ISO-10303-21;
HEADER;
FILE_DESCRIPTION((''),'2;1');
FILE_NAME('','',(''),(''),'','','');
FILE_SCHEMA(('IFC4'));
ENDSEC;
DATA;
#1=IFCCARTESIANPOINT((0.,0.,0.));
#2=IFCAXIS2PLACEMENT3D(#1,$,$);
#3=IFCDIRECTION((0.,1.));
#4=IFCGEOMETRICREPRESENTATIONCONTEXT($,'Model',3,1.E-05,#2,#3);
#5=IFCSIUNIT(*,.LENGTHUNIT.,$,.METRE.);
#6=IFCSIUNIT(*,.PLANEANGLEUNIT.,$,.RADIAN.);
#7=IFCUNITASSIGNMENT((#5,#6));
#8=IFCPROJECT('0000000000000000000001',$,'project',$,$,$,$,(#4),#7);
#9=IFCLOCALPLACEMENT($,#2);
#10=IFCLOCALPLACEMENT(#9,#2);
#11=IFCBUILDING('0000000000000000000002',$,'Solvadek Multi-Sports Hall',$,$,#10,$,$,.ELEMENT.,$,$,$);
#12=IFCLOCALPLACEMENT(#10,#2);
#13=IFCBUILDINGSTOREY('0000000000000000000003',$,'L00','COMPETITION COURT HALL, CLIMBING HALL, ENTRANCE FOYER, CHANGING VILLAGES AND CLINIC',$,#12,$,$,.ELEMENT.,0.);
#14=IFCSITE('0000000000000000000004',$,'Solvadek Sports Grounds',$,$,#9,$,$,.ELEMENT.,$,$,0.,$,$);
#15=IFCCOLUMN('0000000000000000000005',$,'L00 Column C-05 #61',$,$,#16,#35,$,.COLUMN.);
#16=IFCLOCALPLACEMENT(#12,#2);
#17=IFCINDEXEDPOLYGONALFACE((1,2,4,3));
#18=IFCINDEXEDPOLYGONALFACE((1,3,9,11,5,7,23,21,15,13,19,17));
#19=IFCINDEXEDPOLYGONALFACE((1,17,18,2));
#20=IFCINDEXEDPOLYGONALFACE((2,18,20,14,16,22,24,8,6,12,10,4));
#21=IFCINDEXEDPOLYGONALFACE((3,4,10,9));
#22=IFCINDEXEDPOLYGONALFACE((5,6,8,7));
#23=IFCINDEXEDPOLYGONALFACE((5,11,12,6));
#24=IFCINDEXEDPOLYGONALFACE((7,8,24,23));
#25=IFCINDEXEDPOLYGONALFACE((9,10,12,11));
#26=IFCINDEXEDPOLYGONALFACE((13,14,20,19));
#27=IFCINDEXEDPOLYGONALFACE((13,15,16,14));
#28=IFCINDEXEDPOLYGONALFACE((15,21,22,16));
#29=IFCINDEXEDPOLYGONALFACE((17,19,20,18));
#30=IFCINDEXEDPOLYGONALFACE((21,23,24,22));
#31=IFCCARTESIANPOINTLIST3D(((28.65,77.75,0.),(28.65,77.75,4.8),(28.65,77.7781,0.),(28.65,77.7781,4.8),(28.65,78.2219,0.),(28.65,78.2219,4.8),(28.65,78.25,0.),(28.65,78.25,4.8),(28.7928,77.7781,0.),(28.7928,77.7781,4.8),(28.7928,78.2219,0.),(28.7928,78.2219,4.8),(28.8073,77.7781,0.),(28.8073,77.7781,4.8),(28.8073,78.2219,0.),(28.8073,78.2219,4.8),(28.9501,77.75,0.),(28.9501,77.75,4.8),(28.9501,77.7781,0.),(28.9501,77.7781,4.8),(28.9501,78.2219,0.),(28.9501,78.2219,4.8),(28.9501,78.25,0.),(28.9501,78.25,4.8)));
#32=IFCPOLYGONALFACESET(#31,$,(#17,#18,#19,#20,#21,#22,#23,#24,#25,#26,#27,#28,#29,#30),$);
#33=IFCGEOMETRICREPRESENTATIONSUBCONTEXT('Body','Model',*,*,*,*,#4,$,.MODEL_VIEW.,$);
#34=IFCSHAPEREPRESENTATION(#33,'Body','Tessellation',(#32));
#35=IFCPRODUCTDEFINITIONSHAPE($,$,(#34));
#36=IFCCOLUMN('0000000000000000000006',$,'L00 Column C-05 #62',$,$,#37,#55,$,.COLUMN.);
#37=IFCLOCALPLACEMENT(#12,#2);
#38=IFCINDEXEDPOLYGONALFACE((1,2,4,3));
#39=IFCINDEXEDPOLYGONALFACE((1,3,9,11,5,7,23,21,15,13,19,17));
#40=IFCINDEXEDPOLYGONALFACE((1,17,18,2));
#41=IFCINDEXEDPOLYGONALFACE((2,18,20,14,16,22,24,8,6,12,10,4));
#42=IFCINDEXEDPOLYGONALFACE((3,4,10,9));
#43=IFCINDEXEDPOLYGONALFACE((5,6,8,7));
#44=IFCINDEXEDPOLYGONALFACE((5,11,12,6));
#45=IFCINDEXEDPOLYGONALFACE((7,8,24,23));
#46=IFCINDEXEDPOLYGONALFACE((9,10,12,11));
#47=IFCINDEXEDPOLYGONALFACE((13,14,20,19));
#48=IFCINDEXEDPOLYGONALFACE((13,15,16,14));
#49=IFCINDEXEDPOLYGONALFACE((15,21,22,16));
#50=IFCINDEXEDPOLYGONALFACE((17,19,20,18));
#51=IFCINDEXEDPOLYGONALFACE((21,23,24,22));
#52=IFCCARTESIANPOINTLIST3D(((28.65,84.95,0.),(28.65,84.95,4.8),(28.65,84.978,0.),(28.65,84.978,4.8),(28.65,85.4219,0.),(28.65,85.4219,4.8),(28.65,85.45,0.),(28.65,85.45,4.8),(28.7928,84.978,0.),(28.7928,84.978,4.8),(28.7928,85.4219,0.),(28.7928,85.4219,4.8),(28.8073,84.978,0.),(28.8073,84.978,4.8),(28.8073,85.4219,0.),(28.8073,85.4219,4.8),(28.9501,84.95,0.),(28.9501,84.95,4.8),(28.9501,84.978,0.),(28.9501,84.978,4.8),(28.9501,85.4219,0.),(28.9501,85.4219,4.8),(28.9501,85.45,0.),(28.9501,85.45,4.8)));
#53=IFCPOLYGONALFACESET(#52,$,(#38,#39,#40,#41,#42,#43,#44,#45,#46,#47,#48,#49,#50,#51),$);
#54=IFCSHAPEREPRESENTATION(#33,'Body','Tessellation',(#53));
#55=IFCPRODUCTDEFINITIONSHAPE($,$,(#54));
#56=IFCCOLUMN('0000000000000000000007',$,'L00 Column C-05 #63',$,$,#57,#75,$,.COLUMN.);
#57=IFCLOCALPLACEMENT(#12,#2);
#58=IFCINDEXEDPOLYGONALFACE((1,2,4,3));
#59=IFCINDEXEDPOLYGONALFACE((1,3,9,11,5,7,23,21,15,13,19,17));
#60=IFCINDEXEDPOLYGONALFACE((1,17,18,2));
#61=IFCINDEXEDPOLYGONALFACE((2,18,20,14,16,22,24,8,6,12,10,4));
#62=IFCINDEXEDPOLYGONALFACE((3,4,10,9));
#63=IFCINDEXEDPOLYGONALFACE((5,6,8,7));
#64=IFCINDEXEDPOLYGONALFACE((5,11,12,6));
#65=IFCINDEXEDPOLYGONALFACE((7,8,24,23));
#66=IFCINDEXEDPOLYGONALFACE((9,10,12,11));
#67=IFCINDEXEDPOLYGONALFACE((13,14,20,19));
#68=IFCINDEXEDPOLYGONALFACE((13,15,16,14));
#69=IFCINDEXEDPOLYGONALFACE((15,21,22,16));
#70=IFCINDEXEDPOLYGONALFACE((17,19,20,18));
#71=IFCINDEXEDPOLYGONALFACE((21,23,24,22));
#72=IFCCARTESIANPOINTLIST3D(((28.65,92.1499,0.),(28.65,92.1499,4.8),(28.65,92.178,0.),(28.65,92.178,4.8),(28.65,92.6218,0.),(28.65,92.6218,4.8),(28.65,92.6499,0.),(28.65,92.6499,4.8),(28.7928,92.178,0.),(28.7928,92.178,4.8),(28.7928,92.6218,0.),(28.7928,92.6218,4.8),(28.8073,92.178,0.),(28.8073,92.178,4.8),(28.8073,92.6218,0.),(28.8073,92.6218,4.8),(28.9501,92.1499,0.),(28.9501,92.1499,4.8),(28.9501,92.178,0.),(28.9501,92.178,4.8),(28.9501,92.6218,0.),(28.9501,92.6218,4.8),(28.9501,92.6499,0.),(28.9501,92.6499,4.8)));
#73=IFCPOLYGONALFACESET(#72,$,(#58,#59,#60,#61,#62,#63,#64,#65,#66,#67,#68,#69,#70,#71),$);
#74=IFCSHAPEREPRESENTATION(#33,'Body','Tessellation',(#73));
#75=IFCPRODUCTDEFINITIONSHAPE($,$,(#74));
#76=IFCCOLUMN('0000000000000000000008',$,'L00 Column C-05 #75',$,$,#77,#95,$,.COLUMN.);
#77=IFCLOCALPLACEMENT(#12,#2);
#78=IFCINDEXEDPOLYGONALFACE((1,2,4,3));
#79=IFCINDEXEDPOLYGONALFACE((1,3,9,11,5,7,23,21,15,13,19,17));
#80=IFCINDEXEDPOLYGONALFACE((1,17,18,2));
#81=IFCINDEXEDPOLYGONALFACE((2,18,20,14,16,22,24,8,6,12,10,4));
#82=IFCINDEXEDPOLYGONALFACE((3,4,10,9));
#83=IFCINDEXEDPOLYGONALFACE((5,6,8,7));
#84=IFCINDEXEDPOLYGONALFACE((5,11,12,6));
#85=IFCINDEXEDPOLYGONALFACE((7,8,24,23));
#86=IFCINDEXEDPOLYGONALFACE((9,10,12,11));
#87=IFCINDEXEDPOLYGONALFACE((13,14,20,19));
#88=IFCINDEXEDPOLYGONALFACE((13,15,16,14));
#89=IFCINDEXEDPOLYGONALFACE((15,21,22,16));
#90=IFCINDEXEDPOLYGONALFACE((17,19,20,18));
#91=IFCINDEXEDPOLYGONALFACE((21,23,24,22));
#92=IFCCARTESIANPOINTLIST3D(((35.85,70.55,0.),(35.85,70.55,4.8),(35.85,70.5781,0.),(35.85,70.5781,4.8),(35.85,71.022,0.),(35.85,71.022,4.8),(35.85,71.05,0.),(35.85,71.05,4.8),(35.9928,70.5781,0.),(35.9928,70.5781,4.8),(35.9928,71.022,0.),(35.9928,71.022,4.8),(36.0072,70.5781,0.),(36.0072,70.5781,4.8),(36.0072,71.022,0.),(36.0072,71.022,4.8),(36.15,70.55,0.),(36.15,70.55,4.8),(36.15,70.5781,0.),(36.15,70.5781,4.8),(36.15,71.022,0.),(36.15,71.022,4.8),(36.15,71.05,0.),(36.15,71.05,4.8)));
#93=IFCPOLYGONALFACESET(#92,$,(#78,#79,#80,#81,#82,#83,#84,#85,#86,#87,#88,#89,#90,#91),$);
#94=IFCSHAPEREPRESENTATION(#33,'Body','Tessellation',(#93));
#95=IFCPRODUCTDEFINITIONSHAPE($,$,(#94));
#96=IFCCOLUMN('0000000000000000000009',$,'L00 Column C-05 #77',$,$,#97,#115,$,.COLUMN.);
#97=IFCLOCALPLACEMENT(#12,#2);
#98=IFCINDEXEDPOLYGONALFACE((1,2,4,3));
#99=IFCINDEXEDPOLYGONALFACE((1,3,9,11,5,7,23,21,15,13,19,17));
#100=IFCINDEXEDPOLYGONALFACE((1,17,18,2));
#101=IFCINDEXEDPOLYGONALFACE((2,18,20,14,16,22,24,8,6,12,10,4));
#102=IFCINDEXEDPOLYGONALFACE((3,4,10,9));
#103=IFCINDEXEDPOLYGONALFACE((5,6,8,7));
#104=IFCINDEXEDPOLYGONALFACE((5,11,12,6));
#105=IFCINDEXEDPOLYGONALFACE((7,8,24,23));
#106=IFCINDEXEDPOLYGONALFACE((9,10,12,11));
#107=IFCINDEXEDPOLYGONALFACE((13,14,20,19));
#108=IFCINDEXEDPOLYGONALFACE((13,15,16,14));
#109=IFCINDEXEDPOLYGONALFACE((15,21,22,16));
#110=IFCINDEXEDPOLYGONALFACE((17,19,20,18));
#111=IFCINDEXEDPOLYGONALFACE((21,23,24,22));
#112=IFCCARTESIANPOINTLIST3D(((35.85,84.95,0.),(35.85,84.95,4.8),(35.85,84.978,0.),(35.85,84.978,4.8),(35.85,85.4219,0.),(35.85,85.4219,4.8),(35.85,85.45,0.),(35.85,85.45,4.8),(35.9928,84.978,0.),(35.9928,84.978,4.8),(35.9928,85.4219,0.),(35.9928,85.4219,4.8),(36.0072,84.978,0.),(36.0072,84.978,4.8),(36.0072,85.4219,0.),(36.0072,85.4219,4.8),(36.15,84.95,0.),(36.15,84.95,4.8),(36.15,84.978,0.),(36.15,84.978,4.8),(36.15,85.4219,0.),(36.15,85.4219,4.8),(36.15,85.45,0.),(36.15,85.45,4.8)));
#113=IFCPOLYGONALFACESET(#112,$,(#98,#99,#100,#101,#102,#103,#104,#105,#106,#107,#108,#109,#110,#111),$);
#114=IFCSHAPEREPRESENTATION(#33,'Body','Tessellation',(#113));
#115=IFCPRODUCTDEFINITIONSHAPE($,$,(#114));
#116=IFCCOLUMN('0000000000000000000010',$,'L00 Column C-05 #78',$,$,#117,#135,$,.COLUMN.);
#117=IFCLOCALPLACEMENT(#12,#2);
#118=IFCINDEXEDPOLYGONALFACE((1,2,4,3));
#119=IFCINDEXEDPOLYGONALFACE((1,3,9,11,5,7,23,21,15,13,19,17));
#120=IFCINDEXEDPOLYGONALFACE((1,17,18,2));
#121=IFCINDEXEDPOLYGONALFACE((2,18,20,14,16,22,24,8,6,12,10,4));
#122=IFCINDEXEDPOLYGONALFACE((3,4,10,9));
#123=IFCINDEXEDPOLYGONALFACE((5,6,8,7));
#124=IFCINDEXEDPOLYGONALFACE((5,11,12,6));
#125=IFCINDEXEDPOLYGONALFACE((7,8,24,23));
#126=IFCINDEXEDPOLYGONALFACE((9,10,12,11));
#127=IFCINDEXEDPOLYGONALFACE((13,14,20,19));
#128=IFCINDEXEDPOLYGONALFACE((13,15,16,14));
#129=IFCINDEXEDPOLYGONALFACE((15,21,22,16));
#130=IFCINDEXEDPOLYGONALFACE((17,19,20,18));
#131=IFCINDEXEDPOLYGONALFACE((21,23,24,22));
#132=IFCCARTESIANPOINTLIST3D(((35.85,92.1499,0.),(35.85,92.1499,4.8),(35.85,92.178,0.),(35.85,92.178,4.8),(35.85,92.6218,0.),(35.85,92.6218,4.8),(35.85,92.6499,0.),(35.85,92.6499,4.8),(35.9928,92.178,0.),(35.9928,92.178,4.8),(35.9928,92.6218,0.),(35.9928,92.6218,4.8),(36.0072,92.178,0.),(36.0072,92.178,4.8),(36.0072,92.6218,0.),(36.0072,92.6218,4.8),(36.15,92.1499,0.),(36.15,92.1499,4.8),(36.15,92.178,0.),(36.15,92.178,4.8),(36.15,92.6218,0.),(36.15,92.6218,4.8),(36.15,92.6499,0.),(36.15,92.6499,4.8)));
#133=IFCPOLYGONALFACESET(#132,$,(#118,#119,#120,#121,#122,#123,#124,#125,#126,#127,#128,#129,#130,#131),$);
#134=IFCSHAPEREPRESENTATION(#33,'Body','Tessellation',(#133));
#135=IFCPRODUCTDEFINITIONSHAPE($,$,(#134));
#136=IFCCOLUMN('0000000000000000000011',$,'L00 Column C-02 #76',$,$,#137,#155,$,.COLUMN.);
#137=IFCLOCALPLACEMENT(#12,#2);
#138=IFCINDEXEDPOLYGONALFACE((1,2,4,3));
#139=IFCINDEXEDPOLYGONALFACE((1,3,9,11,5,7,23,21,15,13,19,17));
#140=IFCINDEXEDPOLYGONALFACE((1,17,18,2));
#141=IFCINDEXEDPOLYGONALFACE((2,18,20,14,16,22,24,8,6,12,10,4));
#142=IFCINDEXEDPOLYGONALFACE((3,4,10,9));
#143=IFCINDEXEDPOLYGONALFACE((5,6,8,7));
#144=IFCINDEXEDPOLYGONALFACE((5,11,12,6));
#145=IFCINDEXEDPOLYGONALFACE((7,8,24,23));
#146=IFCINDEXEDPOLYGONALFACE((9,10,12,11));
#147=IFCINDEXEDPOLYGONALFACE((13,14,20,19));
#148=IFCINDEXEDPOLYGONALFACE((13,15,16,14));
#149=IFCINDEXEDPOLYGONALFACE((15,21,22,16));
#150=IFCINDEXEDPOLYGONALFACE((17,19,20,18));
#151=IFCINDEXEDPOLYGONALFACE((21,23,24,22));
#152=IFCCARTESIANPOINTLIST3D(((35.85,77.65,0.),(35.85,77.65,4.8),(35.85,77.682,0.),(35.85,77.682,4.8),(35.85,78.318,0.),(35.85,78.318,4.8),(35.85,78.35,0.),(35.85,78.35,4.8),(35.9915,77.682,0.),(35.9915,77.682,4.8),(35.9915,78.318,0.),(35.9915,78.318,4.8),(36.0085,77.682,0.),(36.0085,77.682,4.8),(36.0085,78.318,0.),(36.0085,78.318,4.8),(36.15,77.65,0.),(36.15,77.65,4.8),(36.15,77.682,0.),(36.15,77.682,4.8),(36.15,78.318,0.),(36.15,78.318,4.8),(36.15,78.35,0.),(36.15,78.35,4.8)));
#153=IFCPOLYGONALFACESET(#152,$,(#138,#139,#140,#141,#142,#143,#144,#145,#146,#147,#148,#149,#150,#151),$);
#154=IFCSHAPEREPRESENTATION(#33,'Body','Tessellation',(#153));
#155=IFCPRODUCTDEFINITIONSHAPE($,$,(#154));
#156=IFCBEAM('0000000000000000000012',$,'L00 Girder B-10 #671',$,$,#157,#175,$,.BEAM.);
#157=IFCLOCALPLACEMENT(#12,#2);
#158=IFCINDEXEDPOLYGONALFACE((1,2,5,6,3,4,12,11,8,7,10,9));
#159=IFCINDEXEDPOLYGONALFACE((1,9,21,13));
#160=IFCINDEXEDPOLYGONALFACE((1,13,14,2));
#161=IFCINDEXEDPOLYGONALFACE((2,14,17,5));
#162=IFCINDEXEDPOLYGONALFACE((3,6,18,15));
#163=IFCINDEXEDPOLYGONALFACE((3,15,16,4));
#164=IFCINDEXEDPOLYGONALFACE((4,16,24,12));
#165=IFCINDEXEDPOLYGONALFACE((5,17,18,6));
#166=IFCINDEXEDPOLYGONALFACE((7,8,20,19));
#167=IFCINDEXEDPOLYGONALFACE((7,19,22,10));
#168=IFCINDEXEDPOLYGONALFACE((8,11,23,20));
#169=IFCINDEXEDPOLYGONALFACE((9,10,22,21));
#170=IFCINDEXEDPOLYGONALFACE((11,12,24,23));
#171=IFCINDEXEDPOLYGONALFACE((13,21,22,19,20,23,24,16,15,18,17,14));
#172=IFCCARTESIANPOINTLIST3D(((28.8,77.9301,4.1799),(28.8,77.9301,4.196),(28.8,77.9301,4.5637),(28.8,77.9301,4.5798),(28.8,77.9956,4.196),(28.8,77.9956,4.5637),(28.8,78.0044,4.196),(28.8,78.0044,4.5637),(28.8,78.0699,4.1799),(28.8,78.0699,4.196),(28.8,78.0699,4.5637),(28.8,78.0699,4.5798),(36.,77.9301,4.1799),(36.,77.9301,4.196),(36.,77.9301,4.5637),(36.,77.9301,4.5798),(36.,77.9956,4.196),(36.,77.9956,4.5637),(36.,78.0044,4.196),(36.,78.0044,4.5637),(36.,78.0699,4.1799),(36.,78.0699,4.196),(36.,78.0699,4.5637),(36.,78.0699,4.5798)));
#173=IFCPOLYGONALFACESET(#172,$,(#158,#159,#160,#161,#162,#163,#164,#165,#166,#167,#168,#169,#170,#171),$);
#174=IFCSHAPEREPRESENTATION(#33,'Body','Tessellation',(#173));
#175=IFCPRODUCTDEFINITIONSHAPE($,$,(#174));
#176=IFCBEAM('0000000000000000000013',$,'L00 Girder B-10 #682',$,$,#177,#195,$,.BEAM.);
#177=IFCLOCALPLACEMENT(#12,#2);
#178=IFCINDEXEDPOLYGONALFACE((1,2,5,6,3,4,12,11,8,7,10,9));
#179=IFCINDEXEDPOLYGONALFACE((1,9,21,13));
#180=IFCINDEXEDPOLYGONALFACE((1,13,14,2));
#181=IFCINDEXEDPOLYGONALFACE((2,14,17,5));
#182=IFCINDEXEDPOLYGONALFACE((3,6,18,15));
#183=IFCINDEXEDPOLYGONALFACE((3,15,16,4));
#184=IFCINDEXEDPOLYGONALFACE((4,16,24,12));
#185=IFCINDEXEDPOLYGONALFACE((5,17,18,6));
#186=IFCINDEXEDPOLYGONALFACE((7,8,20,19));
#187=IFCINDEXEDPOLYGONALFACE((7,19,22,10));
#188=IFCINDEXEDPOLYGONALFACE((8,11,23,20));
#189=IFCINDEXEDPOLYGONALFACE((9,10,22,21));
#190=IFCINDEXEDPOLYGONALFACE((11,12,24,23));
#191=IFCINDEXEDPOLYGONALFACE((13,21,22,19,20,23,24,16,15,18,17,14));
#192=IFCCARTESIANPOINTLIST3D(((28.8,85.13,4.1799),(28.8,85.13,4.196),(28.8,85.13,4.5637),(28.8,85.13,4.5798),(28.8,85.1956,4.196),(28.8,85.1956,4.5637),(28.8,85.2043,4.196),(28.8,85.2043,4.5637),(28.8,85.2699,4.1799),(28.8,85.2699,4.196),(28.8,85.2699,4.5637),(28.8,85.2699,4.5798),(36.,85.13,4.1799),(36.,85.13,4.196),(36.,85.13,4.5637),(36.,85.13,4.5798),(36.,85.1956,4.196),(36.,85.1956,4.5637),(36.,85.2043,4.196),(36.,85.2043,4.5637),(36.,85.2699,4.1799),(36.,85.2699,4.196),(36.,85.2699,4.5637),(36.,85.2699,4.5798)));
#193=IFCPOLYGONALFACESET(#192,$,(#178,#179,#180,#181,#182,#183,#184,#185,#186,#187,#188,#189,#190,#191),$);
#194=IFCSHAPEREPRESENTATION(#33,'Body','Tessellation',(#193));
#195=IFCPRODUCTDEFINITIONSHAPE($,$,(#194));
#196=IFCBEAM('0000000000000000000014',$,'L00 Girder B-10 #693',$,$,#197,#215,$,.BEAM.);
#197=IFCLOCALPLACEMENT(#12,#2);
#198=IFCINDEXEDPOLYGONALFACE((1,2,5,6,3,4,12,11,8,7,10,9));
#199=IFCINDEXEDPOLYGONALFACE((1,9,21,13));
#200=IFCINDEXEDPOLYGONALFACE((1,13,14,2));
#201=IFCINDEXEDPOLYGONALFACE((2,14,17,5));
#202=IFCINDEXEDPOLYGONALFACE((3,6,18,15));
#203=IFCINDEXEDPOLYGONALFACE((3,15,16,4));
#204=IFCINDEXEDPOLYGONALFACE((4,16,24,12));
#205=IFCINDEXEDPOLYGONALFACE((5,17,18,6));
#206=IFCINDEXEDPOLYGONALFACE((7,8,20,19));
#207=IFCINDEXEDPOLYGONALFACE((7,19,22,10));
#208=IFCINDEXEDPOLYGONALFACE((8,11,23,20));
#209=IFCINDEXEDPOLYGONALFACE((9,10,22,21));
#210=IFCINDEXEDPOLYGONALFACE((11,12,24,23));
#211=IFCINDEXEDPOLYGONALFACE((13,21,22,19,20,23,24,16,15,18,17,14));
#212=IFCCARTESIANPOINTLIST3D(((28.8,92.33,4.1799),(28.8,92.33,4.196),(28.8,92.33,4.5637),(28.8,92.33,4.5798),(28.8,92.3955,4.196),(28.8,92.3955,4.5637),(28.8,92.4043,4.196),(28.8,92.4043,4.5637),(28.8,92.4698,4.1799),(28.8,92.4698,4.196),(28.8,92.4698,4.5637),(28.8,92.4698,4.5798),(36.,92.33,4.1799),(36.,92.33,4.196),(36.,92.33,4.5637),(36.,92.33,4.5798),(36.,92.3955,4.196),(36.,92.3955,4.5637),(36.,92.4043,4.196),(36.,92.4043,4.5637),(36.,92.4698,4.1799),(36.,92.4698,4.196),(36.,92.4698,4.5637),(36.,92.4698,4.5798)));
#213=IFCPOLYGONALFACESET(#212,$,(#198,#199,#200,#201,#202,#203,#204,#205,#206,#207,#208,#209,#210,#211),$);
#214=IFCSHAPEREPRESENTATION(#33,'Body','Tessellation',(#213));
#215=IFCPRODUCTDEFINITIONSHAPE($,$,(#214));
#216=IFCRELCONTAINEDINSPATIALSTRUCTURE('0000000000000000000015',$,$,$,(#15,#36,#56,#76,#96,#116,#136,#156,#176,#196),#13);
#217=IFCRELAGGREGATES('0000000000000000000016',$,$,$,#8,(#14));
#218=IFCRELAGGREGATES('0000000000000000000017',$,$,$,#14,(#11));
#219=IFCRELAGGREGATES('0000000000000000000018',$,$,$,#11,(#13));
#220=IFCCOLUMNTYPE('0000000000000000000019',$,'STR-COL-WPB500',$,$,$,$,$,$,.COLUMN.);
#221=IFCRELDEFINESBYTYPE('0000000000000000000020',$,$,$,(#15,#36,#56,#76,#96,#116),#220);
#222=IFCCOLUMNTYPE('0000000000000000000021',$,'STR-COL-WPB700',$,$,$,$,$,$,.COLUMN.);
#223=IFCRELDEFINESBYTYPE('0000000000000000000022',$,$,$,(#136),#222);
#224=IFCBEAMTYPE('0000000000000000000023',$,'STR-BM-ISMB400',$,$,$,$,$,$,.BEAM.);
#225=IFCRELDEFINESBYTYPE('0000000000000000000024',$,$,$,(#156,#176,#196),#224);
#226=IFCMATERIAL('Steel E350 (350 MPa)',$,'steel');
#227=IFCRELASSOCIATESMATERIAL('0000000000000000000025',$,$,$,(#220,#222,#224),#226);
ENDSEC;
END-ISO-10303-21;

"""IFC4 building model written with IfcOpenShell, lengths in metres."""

from ifc_helpers import new_model, si_unit, direction, frame, origin, origin_2d, place, context, subcontext, project, spatial, i_section, extrude, material, material_profile, profile_set, type_object, element, save


model = new_model("IFC4")

# Units and contexts
model_context = context("Model", 3, precision=1e-05, world=origin(), true_north=direction((0.0, 1.0)))
body_context = subcontext(model_context, "Body", "Model", "MODEL_VIEW")
ifc_project = project(units=[si_unit("LENGTHUNIT", "METRE"), si_unit("PLANEANGLEUNIT", "RADIAN")], contexts=[model_context])

# Site, building, storey
site_placement = place(None, origin())
site = spatial("IfcSite", under=ifc_project, at=site_placement, Name="Solvadek Sports Grounds", CompositionType="ELEMENT", RefElevation=0.0)
building_placement = place(site_placement, origin())
building = spatial("IfcBuilding", under=site, at=building_placement, Name="Solvadek Multi-Sports Hall", CompositionType="ELEMENT")
storey_placement = place(building_placement, origin())
storey = spatial("IfcBuildingStorey", under=building, at=storey_placement, Name="L00", Description="COMPETITION COURT HALL, CLIMBING HALL, ENTRANCE FOYER, CHANGING VILLAGES AND CLINIC", CompositionType="ELEMENT", Elevation=0.0)

# Columns
ifc_material_1 = material(Name="Steel E350 (350 MPa)", Category="steel")
ifc_material_profile_1 = material_profile(ifc_material_1, i_section(OverallWidth=0.3, OverallDepth=0.5, WebThickness=0.0144, FlangeThickness=0.0281, at=origin_2d()), Name="WPB 500")
ifc_profile_set_1 = profile_set([ifc_material_profile_1], Name="Steel E350 (350 MPa)")
column_type_1 = type_object("IfcColumnType", Name="STR-COL-WPB500", PredefinedType="COLUMN", material=ifc_profile_set_1)
for number, where, z_axis, x_axis, name in (
    (1, (28.8, 78.0, 0.0), (0.0, 0.0, 1.0), (1.0, 0.0, 0.0), "L00 Column C-05 #61"),
    (2, (28.8, 85.2, 0.0), (0.0, 0.0, 1.0), (1.0, 0.0, 0.0), "L00 Column C-05 #62"),
    (3, (28.8, 92.3999, 0.0), (0.0, 0.0, 1.0), (1.0, 0.0, 0.0), "L00 Column C-05 #63"),
    (4, (36.0, 70.8, 0.0), (0.0, 0.0, 1.0), (1.0, 0.0, 0.0), "L00 Column C-05 #75"),
    (5, (36.0, 85.2, 0.0), (0.0, 0.0, 1.0), (1.0, 0.0, 0.0), "L00 Column C-05 #77"),
    (6, (36.0, 92.3999, 0.0), (0.0, 0.0, 1.0), (1.0, 0.0, 0.0), "L00 Column C-05 #78"),
):
    element("IfcColumn", number, at=place(storey_placement, frame(where, z_axis=z_axis, x_axis=x_axis)), inside=storey, type_object=column_type_1, Name=name, PredefinedType="COLUMN", context=body_context, shape_type="SweptSolid", body=[
        extrude(i_section(OverallWidth=0.3, OverallDepth=0.5, WebThickness=0.0144, FlangeThickness=0.0281, at=origin_2d()), origin(), (0.0, 0.0, 1.0), 4.8),
    ])
ifc_material_profile_2 = material_profile(ifc_material_1, i_section(OverallWidth=0.3, OverallDepth=0.7, WebThickness=0.0171, FlangeThickness=0.032, at=origin_2d()), Name="WPB 700")
ifc_profile_set_2 = profile_set([ifc_material_profile_2], Name="Steel E350 (350 MPa)")
column_type_2 = type_object("IfcColumnType", Name="STR-COL-WPB700", PredefinedType="COLUMN", material=ifc_profile_set_2)
column_placement = place(storey_placement, frame((36.0, 78.0, 0.0), z_axis=(0.0, 0.0, 1.0), x_axis=(1.0, 0.0, 0.0)))
element("IfcColumn", 7, at=column_placement, inside=storey, type_object=column_type_2, Name="L00 Column C-02 #76", PredefinedType="COLUMN", context=body_context, shape_type="SweptSolid", body=[
    extrude(i_section(OverallWidth=0.3, OverallDepth=0.7, WebThickness=0.0171, FlangeThickness=0.032, at=origin_2d()), origin(), (0.0, 0.0, 1.0), 4.8),
])

# Beams
ifc_material_profile_3 = material_profile(ifc_material_1, i_section(OverallWidth=0.1399, OverallDepth=0.3999, WebThickness=0.0088, FlangeThickness=0.0161, at=origin_2d()), Name="ISMB 400")
ifc_profile_set_3 = profile_set([ifc_material_profile_3], Name="Steel E350 (350 MPa)")
beam_type_1 = type_object("IfcBeamType", Name="STR-BM-ISMB400", PredefinedType="BEAM", material=ifc_profile_set_3)
for number, where, z_axis, x_axis, name in (
    (8, (28.8, 78.0, 4.3799), (1.0, 0.0, 0.0), (0.0, 1.0, 0.0), "L00 Girder B-10 #671"),
    (9, (28.8, 85.2, 4.3799), (1.0, 0.0, 0.0), (0.0, 1.0, 0.0), "L00 Girder B-10 #682"),
    (10, (28.8, 92.3999, 4.3799), (1.0, 0.0, 0.0), (0.0, 1.0, 0.0), "L00 Girder B-10 #693"),
):
    element("IfcBeam", number, at=place(storey_placement, frame(where, z_axis=z_axis, x_axis=x_axis)), inside=storey, type_object=beam_type_1, Name=name, PredefinedType="BEAM", context=body_context, shape_type="SweptSolid", body=[
        extrude(i_section(OverallWidth=0.1399, OverallDepth=0.3999, WebThickness=0.0088, FlangeThickness=0.0161, at=origin_2d()), origin(), (0.0, 0.0, 1.0), 7.2),
    ])

save(model, "model.ifc")
